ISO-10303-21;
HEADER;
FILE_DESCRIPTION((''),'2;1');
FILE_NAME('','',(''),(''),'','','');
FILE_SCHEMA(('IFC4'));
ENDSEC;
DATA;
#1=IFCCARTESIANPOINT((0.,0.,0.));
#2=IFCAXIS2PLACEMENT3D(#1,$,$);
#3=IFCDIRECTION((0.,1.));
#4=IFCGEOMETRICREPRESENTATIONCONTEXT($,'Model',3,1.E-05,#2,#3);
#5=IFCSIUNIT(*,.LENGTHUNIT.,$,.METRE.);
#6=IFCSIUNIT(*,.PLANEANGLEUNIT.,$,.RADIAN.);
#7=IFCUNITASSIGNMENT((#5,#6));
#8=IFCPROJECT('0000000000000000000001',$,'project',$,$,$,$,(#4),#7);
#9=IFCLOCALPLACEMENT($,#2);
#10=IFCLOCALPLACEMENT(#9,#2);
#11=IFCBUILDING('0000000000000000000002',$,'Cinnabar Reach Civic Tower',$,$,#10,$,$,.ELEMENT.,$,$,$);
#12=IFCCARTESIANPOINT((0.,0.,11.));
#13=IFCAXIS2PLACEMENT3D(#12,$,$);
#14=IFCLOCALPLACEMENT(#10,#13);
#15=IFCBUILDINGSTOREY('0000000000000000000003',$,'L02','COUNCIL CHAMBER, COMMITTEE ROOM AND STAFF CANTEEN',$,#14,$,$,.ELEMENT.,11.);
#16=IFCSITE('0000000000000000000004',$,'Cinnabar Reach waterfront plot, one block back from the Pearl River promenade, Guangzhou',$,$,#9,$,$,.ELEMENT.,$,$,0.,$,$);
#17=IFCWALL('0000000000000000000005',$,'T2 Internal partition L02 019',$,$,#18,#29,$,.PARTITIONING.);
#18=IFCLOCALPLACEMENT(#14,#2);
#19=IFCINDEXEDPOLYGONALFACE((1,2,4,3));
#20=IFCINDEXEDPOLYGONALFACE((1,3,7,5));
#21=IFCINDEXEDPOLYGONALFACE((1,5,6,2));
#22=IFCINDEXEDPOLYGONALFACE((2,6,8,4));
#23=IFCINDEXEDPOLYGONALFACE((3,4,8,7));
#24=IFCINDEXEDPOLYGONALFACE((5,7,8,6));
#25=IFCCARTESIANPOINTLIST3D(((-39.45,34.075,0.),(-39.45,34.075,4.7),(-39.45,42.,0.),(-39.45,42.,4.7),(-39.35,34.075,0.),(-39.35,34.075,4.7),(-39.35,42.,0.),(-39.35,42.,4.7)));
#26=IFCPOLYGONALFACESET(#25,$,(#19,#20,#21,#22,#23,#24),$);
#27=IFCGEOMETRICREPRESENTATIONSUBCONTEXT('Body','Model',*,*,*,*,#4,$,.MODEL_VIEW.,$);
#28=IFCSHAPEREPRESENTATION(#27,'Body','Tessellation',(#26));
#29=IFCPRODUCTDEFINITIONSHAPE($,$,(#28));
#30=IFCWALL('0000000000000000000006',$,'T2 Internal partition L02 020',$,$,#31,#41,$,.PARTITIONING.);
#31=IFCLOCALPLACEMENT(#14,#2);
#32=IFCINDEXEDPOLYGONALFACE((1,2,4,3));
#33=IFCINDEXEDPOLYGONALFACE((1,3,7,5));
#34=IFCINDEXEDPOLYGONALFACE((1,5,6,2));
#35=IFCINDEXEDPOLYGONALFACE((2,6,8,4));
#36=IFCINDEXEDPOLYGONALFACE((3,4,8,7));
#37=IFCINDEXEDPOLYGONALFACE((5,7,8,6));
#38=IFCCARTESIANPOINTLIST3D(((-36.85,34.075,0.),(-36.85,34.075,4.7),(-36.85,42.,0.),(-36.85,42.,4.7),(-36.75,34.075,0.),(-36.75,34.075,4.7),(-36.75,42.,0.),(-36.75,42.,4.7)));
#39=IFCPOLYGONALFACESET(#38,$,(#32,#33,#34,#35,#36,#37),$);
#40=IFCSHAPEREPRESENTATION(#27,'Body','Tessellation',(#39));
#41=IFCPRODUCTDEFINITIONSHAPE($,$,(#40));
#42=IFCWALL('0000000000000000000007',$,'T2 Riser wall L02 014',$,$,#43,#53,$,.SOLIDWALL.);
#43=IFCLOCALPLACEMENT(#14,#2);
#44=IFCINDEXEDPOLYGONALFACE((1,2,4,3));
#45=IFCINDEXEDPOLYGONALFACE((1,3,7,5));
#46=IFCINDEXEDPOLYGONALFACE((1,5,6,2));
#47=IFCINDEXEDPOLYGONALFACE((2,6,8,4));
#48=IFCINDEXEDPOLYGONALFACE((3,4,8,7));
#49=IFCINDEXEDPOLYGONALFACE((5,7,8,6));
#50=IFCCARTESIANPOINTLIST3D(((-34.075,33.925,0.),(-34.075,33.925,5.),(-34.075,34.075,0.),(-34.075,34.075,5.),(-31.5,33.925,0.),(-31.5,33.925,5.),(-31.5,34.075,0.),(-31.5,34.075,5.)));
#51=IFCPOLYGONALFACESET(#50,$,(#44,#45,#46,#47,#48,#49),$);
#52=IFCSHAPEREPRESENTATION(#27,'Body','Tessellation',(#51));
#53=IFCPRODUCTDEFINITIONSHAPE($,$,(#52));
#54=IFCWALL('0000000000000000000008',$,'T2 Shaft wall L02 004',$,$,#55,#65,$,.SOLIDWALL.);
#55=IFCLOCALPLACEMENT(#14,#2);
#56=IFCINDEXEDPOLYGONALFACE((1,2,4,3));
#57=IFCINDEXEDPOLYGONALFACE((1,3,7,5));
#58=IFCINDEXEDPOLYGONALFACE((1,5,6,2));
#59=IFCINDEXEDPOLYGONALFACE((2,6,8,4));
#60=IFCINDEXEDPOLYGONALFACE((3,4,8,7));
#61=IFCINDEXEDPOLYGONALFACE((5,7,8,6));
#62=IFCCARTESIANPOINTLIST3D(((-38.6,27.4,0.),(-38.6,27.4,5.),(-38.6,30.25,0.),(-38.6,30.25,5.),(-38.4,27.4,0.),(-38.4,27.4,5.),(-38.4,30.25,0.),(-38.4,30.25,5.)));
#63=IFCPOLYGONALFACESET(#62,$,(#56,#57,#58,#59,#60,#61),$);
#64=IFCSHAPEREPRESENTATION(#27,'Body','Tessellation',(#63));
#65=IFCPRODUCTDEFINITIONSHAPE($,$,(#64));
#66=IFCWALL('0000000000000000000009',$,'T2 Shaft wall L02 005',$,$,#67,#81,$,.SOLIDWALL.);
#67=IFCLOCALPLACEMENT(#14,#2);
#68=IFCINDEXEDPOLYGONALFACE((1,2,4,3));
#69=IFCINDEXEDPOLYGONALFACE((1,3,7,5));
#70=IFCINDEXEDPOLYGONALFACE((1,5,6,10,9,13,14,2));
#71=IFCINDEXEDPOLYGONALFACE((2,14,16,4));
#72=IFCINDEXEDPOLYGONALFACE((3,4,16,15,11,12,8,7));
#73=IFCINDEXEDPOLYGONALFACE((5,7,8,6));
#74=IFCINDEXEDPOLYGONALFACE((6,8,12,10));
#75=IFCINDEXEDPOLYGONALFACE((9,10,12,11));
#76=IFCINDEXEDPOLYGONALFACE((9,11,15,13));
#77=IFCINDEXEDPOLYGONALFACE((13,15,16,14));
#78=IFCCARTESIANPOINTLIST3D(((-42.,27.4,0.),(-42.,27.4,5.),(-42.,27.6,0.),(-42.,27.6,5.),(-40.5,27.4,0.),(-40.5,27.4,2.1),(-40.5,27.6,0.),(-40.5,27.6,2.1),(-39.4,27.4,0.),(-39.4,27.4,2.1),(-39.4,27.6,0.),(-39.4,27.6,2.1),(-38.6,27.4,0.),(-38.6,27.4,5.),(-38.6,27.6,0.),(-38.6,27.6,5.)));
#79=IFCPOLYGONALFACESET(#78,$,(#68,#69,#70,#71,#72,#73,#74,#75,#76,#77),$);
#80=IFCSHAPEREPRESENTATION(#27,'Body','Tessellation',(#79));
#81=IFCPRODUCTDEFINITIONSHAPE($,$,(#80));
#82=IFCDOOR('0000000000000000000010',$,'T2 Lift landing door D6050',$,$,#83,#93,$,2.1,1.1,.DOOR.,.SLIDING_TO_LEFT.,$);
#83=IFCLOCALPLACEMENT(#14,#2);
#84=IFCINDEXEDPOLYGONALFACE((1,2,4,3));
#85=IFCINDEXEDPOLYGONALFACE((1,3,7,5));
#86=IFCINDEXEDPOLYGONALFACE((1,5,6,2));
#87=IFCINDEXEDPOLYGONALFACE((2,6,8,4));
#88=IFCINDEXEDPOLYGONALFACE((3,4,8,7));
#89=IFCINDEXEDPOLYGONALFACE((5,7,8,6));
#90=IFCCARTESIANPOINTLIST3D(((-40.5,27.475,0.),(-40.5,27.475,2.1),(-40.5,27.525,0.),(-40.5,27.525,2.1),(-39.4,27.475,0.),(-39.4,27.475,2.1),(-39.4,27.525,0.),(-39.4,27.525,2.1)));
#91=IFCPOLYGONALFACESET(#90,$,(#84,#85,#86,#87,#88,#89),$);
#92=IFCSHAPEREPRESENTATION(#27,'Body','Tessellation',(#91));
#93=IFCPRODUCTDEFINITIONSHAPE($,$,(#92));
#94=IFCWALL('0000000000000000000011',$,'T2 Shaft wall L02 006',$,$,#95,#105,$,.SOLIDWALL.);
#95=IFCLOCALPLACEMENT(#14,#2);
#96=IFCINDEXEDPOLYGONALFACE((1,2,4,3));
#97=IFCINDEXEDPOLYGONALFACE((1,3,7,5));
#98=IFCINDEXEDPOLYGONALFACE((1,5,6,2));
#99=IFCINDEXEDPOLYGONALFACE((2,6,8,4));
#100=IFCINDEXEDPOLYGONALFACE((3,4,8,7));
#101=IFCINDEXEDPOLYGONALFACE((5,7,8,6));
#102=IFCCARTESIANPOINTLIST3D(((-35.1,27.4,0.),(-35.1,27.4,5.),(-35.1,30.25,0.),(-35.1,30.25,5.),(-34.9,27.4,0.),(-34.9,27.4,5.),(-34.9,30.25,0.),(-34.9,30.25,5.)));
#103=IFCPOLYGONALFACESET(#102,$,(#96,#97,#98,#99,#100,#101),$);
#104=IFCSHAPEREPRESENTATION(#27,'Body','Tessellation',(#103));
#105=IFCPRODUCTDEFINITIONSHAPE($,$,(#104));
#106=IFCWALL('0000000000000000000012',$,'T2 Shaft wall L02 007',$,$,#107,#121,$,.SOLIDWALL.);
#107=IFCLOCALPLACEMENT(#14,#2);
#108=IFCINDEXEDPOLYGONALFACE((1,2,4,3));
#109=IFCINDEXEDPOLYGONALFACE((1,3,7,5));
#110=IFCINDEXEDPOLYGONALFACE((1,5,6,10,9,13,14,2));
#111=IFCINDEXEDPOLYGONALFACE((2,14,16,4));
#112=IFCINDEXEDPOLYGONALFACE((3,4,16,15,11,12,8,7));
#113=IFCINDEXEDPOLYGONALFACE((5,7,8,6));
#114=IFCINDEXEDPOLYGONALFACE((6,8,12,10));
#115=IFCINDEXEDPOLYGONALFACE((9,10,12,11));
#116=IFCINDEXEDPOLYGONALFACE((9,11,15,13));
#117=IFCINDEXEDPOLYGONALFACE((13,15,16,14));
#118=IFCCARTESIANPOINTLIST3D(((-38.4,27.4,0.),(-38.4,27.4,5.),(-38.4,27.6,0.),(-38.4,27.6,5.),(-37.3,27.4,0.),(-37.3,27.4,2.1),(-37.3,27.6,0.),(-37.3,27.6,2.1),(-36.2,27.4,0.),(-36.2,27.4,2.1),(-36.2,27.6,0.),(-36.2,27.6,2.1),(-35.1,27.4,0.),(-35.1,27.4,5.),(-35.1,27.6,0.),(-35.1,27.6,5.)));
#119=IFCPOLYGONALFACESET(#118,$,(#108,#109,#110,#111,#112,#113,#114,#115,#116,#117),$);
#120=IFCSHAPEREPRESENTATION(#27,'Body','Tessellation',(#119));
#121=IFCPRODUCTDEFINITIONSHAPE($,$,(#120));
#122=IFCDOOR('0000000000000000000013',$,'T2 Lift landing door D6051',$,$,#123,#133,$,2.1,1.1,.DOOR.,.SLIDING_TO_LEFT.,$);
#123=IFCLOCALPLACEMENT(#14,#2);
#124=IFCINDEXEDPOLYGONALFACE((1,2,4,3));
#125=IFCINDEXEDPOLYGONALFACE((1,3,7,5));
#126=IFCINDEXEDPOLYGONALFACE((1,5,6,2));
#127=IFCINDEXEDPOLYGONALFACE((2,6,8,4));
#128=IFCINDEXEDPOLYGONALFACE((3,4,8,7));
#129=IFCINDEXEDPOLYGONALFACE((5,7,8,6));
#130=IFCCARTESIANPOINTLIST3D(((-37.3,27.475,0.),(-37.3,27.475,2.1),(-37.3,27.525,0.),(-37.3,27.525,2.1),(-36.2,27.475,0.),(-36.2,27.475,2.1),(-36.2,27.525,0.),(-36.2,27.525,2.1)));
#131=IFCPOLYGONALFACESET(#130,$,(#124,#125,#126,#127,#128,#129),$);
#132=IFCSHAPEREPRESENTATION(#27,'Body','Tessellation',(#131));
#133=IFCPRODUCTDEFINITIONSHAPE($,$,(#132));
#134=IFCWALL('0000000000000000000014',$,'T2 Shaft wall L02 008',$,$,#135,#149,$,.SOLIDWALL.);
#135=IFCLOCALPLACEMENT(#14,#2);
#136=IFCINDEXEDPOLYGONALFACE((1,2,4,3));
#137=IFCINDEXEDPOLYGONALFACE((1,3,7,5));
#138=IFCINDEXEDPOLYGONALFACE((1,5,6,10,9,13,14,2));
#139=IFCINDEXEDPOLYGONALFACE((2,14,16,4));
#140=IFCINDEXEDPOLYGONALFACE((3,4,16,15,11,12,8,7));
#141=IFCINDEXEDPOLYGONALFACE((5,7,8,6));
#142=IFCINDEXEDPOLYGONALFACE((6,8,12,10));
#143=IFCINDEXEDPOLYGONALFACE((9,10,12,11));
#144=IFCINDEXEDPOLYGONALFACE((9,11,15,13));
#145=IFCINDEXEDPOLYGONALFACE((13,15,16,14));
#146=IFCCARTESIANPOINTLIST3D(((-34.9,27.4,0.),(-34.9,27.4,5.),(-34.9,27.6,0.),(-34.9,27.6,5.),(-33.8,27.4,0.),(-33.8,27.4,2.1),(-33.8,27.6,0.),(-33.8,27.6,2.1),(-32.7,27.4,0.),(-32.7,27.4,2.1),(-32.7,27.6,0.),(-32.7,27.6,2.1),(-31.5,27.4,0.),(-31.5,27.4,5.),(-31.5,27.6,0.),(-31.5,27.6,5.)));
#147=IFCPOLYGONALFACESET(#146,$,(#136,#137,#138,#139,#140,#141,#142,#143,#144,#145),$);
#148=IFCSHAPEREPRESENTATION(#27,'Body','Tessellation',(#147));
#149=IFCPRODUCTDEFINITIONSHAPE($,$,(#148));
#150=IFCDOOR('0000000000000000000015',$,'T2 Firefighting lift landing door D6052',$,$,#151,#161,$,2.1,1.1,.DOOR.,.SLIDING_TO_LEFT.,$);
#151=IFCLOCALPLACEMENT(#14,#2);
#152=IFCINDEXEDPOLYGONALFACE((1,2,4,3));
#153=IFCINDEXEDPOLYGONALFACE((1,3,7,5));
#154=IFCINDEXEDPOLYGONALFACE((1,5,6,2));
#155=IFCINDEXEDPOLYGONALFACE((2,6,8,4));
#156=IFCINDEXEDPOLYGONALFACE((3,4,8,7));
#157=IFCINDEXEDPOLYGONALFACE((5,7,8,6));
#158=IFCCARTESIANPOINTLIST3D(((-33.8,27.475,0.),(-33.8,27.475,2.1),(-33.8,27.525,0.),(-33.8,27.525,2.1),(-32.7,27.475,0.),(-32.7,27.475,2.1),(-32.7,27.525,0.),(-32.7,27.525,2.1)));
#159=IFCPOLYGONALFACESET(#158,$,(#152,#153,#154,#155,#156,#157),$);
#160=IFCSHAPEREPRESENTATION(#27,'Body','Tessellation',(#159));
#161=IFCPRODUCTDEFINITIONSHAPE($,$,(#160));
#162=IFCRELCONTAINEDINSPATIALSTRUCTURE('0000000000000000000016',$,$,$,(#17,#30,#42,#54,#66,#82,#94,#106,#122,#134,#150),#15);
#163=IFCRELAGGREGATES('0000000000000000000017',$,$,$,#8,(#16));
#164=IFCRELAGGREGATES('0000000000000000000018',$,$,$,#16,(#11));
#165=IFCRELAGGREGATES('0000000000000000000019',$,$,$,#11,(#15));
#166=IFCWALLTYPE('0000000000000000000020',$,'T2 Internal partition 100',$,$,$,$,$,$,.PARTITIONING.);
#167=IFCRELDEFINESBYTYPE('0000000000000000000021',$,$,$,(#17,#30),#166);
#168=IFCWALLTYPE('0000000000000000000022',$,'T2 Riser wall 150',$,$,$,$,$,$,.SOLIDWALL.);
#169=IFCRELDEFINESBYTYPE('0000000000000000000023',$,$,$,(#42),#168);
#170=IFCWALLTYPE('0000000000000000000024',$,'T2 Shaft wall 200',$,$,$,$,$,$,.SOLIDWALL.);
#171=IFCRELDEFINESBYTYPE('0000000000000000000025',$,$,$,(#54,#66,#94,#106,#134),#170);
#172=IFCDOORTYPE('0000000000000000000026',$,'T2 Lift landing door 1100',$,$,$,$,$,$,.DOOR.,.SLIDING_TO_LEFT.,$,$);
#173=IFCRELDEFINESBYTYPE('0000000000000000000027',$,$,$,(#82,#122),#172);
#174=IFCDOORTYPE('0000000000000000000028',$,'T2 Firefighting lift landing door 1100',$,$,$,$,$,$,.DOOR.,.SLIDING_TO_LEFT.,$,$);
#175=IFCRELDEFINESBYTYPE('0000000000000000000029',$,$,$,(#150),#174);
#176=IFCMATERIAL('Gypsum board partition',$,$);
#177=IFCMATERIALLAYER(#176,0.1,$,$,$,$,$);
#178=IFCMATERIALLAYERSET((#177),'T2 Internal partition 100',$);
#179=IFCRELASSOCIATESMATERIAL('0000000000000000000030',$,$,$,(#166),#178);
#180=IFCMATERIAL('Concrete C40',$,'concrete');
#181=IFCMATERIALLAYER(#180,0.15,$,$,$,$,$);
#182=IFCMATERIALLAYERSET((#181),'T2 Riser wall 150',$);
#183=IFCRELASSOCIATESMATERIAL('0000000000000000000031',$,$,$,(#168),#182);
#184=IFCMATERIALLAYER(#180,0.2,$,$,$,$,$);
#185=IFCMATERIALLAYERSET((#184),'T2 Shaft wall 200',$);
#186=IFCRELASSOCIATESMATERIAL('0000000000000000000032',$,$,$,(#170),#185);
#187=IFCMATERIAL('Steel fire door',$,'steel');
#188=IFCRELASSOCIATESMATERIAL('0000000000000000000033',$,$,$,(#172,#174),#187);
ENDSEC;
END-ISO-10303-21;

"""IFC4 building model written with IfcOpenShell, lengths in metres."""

from ifc_helpers import new_model, si_unit, direction, frame, frame_2d, origin, place, context, subcontext, project, spatial, rectangle, extrude, material, layer, layer_set, type_object, element, fill, save


model = new_model("IFC4")

# Units and contexts
model_context = context("Model", 3, precision=1e-05, world=origin(), true_north=direction((0.0, 1.0)))
body_context = subcontext(model_context, "Body", "Model", "MODEL_VIEW")
ifc_project = project(units=[si_unit("LENGTHUNIT", "METRE"), si_unit("PLANEANGLEUNIT", "RADIAN")], contexts=[model_context])

# Site, building, storey
site_placement = place(None, origin())
site = spatial("IfcSite", under=ifc_project, at=site_placement, Name="Cinnabar Reach waterfront plot, one block back from the Pearl River promenade, Guangzhou", CompositionType="ELEMENT", RefElevation=0.0)
building_placement = place(site_placement, origin())
building = spatial("IfcBuilding", under=site, at=building_placement, Name="Cinnabar Reach Civic Tower", CompositionType="ELEMENT")
storey_placement = place(building_placement, frame((0.0, 0.0, 11.0)))
storey = spatial("IfcBuildingStorey", under=building, at=storey_placement, Name="L02", Description="COUNCIL CHAMBER, COMMITTEE ROOM AND STAFF CANTEEN", CompositionType="ELEMENT", Elevation=11.0)

# Shared definitions
ifc_material_1 = material(Name="Steel fire door", Category="steel")

# Walls
ifc_material_2 = material(Name="Gypsum board partition")
ifc_layer_1 = layer(ifc_material_2, 0.1)
ifc_layer_set_1 = layer_set([ifc_layer_1], Name="T2 Internal partition 100")
wall_type_1 = type_object("IfcWallType", Name="T2 Internal partition 100", PredefinedType="PARTITIONING", material=ifc_layer_set_1)
for number, where, z_axis, x_axis, name in (
    (1, (-39.4, 34.075, 0.0), (0.0, 0.0, 1.0), (0.0, 1.0, 0.0), "T2 Internal partition L02 019"),
    (2, (-36.8, 34.075, 0.0), (0.0, 0.0, 1.0), (0.0, 1.0, 0.0), "T2 Internal partition L02 020"),
):
    element("IfcWall", number, at=place(storey_placement, frame(where, z_axis=z_axis, x_axis=x_axis)), inside=storey, type_object=wall_type_1, Name=name, PredefinedType="PARTITIONING", context=body_context, shape_type="SweptSolid", body=[
        extrude(rectangle(XDim=7.925, YDim=0.1, at=frame_2d((3.9625, 0.0))), origin(), (0.0, 0.0, 1.0), 4.7),
    ])
ifc_material_3 = material(Name="Concrete C40", Category="concrete")
ifc_layer_2 = layer(ifc_material_3, 0.15)
ifc_layer_set_2 = layer_set([ifc_layer_2], Name="T2 Riser wall 150")
wall_type_2 = type_object("IfcWallType", Name="T2 Riser wall 150", PredefinedType="SOLIDWALL", material=ifc_layer_set_2)
wall_1_placement = place(storey_placement, frame((-34.075, 34.0, 0.0), z_axis=(0.0, 0.0, 1.0), x_axis=(1.0, 0.0, 0.0)))
element("IfcWall", 3, at=wall_1_placement, inside=storey, type_object=wall_type_2, Name="T2 Riser wall L02 014", PredefinedType="SOLIDWALL", context=body_context, shape_type="SweptSolid", body=[
    extrude(rectangle(XDim=2.575, YDim=0.15, at=frame_2d((1.2875, 0.0))), origin(), (0.0, 0.0, 1.0), 5.0),
])
ifc_layer_3 = layer(ifc_material_3, 0.2)
ifc_layer_set_3 = layer_set([ifc_layer_3], Name="T2 Shaft wall 200")
wall_type_3 = type_object("IfcWallType", Name="T2 Shaft wall 200", PredefinedType="SOLIDWALL", material=ifc_layer_set_3)
wall_2_placement = place(storey_placement, frame((-38.5, 27.4, 0.0), z_axis=(0.0, 0.0, 1.0), x_axis=(0.0, 1.0, 0.0)))
element("IfcWall", 4, at=wall_2_placement, inside=storey, type_object=wall_type_3, Name="T2 Shaft wall L02 004", PredefinedType="SOLIDWALL", context=body_context, shape_type="SweptSolid", body=[
    extrude(rectangle(XDim=2.85, YDim=0.2, at=frame_2d((1.425, 0.0))), origin(), (0.0, 0.0, 1.0), 5.0),
])

# Wall, opening, door
wall_3_placement = place(storey_placement, frame((-42.0, 27.5, 0.0), z_axis=(0.0, 0.0, 1.0), x_axis=(1.0, 0.0, 0.0)))
wall_3 = element("IfcWall", 5, at=wall_3_placement, inside=storey, type_object=wall_type_3, Name="T2 Shaft wall L02 005", PredefinedType="SOLIDWALL", context=body_context, shape_type="SweptSolid", body=[
    extrude(rectangle(XDim=3.4, YDim=0.2, at=frame_2d((1.7, 0.0))), origin(), (0.0, 0.0, 1.0), 5.0),
])
opening_1_placement = place(wall_3_placement, frame((1.5, 0.0, 0.0)))
opening_1 = element("IfcOpeningElement", 6, at=opening_1_placement, cuts=wall_3, PredefinedType="OPENING", context=body_context, shape_type="SweptSolid", body=[
    extrude(rectangle(XDim=1.1, YDim=2.1, at=frame_2d((0.55, 1.05))), frame((0.0, 0.11, 0.0), z_axis=(0.0, -1.0, 0.0), x_axis=(1.0, 0.0, 0.0)), (0.0, 0.0, 1.0), 0.22),
])
door_type_1 = type_object("IfcDoorType", Name="T2 Lift landing door 1100", OperationType="SLIDING_TO_LEFT", PredefinedType="DOOR", material=ifc_material_1)
door_1_placement = place(opening_1_placement, origin())
door_1 = element("IfcDoor", 7, at=door_1_placement, inside=storey, type_object=door_type_1, Name="T2 Lift landing door D6050", OperationType="SLIDING_TO_LEFT", OverallHeight=2.1, OverallWidth=1.1, PredefinedType="DOOR", context=body_context, shape_type="SweptSolid", body=[
    extrude(rectangle(XDim=1.1, YDim=2.1, at=frame_2d((0.55, 1.05))), frame((0.0, 0.025, 0.0), z_axis=(0.0, -1.0, 0.0), x_axis=(1.0, 0.0, 0.0)), (0.0, 0.0, 1.0), 0.05),
])
fill(opening_1, door_1)

# Wall
wall_4_placement = place(storey_placement, frame((-35.0, 27.4, 0.0), z_axis=(0.0, 0.0, 1.0), x_axis=(0.0, 1.0, 0.0)))
element("IfcWall", 8, at=wall_4_placement, inside=storey, type_object=wall_type_3, Name="T2 Shaft wall L02 006", PredefinedType="SOLIDWALL", context=body_context, shape_type="SweptSolid", body=[
    extrude(rectangle(XDim=2.85, YDim=0.2, at=frame_2d((1.425, 0.0))), origin(), (0.0, 0.0, 1.0), 5.0),
])

# Walls, openings, doors
wall_5_placement = place(storey_placement, frame((-38.4, 27.5, 0.0), z_axis=(0.0, 0.0, 1.0), x_axis=(1.0, 0.0, 0.0)))
wall_5 = element("IfcWall", 9, at=wall_5_placement, inside=storey, type_object=wall_type_3, Name="T2 Shaft wall L02 007", PredefinedType="SOLIDWALL", context=body_context, shape_type="SweptSolid", body=[
    extrude(rectangle(XDim=3.3, YDim=0.2, at=frame_2d((1.65, 0.0))), origin(), (0.0, 0.0, 1.0), 5.0),
])
opening_2_placement = place(wall_5_placement, frame((1.1, 0.0, 0.0)))
opening_2 = element("IfcOpeningElement", 10, at=opening_2_placement, cuts=wall_5, PredefinedType="OPENING", context=body_context, shape_type="SweptSolid", body=[
    extrude(rectangle(XDim=1.1, YDim=2.1, at=frame_2d((0.55, 1.05))), frame((0.0, 0.11, 0.0), z_axis=(0.0, -1.0, 0.0), x_axis=(1.0, 0.0, 0.0)), (0.0, 0.0, 1.0), 0.22),
])
door_2_placement = place(opening_2_placement, origin())
door_2 = element("IfcDoor", 11, at=door_2_placement, inside=storey, type_object=door_type_1, Name="T2 Lift landing door D6051", OperationType="SLIDING_TO_LEFT", OverallHeight=2.1, OverallWidth=1.1, PredefinedType="DOOR", context=body_context, shape_type="SweptSolid", body=[
    extrude(rectangle(XDim=1.1, YDim=2.1, at=frame_2d((0.55, 1.05))), frame((0.0, 0.025, 0.0), z_axis=(0.0, -1.0, 0.0), x_axis=(1.0, 0.0, 0.0)), (0.0, 0.0, 1.0), 0.05),
])
fill(opening_2, door_2)
wall_6_placement = place(storey_placement, frame((-34.9, 27.5, 0.0), z_axis=(0.0, 0.0, 1.0), x_axis=(1.0, 0.0, 0.0)))
wall_6 = element("IfcWall", 12, at=wall_6_placement, inside=storey, type_object=wall_type_3, Name="T2 Shaft wall L02 008", PredefinedType="SOLIDWALL", context=body_context, shape_type="SweptSolid", body=[
    extrude(rectangle(XDim=3.4, YDim=0.2, at=frame_2d((1.7, 0.0))), origin(), (0.0, 0.0, 1.0), 5.0),
])
opening_3_placement = place(wall_6_placement, frame((1.1, 0.0, 0.0)))
opening_3 = element("IfcOpeningElement", 13, at=opening_3_placement, cuts=wall_6, PredefinedType="OPENING", context=body_context, shape_type="SweptSolid", body=[
    extrude(rectangle(XDim=1.1, YDim=2.1, at=frame_2d((0.55, 1.05))), frame((0.0, 0.11, 0.0), z_axis=(0.0, -1.0, 0.0), x_axis=(1.0, 0.0, 0.0)), (0.0, 0.0, 1.0), 0.22),
])
door_type_2 = type_object("IfcDoorType", Name="T2 Firefighting lift landing door 1100", OperationType="SLIDING_TO_LEFT", PredefinedType="DOOR", material=ifc_material_1)
door_3_placement = place(opening_3_placement, origin())
door_3 = element("IfcDoor", 14, at=door_3_placement, inside=storey, type_object=door_type_2, Name="T2 Firefighting lift landing door D6052", OperationType="SLIDING_TO_LEFT", OverallHeight=2.1, OverallWidth=1.1, PredefinedType="DOOR", context=body_context, shape_type="SweptSolid", body=[
    extrude(rectangle(XDim=1.1, YDim=2.1, at=frame_2d((0.55, 1.05))), frame((0.0, 0.025, 0.0), z_axis=(0.0, -1.0, 0.0), x_axis=(1.0, 0.0, 0.0)), (0.0, 0.0, 1.0), 0.05),
])
fill(opening_3, door_3)

save(model, "model.ifc")
